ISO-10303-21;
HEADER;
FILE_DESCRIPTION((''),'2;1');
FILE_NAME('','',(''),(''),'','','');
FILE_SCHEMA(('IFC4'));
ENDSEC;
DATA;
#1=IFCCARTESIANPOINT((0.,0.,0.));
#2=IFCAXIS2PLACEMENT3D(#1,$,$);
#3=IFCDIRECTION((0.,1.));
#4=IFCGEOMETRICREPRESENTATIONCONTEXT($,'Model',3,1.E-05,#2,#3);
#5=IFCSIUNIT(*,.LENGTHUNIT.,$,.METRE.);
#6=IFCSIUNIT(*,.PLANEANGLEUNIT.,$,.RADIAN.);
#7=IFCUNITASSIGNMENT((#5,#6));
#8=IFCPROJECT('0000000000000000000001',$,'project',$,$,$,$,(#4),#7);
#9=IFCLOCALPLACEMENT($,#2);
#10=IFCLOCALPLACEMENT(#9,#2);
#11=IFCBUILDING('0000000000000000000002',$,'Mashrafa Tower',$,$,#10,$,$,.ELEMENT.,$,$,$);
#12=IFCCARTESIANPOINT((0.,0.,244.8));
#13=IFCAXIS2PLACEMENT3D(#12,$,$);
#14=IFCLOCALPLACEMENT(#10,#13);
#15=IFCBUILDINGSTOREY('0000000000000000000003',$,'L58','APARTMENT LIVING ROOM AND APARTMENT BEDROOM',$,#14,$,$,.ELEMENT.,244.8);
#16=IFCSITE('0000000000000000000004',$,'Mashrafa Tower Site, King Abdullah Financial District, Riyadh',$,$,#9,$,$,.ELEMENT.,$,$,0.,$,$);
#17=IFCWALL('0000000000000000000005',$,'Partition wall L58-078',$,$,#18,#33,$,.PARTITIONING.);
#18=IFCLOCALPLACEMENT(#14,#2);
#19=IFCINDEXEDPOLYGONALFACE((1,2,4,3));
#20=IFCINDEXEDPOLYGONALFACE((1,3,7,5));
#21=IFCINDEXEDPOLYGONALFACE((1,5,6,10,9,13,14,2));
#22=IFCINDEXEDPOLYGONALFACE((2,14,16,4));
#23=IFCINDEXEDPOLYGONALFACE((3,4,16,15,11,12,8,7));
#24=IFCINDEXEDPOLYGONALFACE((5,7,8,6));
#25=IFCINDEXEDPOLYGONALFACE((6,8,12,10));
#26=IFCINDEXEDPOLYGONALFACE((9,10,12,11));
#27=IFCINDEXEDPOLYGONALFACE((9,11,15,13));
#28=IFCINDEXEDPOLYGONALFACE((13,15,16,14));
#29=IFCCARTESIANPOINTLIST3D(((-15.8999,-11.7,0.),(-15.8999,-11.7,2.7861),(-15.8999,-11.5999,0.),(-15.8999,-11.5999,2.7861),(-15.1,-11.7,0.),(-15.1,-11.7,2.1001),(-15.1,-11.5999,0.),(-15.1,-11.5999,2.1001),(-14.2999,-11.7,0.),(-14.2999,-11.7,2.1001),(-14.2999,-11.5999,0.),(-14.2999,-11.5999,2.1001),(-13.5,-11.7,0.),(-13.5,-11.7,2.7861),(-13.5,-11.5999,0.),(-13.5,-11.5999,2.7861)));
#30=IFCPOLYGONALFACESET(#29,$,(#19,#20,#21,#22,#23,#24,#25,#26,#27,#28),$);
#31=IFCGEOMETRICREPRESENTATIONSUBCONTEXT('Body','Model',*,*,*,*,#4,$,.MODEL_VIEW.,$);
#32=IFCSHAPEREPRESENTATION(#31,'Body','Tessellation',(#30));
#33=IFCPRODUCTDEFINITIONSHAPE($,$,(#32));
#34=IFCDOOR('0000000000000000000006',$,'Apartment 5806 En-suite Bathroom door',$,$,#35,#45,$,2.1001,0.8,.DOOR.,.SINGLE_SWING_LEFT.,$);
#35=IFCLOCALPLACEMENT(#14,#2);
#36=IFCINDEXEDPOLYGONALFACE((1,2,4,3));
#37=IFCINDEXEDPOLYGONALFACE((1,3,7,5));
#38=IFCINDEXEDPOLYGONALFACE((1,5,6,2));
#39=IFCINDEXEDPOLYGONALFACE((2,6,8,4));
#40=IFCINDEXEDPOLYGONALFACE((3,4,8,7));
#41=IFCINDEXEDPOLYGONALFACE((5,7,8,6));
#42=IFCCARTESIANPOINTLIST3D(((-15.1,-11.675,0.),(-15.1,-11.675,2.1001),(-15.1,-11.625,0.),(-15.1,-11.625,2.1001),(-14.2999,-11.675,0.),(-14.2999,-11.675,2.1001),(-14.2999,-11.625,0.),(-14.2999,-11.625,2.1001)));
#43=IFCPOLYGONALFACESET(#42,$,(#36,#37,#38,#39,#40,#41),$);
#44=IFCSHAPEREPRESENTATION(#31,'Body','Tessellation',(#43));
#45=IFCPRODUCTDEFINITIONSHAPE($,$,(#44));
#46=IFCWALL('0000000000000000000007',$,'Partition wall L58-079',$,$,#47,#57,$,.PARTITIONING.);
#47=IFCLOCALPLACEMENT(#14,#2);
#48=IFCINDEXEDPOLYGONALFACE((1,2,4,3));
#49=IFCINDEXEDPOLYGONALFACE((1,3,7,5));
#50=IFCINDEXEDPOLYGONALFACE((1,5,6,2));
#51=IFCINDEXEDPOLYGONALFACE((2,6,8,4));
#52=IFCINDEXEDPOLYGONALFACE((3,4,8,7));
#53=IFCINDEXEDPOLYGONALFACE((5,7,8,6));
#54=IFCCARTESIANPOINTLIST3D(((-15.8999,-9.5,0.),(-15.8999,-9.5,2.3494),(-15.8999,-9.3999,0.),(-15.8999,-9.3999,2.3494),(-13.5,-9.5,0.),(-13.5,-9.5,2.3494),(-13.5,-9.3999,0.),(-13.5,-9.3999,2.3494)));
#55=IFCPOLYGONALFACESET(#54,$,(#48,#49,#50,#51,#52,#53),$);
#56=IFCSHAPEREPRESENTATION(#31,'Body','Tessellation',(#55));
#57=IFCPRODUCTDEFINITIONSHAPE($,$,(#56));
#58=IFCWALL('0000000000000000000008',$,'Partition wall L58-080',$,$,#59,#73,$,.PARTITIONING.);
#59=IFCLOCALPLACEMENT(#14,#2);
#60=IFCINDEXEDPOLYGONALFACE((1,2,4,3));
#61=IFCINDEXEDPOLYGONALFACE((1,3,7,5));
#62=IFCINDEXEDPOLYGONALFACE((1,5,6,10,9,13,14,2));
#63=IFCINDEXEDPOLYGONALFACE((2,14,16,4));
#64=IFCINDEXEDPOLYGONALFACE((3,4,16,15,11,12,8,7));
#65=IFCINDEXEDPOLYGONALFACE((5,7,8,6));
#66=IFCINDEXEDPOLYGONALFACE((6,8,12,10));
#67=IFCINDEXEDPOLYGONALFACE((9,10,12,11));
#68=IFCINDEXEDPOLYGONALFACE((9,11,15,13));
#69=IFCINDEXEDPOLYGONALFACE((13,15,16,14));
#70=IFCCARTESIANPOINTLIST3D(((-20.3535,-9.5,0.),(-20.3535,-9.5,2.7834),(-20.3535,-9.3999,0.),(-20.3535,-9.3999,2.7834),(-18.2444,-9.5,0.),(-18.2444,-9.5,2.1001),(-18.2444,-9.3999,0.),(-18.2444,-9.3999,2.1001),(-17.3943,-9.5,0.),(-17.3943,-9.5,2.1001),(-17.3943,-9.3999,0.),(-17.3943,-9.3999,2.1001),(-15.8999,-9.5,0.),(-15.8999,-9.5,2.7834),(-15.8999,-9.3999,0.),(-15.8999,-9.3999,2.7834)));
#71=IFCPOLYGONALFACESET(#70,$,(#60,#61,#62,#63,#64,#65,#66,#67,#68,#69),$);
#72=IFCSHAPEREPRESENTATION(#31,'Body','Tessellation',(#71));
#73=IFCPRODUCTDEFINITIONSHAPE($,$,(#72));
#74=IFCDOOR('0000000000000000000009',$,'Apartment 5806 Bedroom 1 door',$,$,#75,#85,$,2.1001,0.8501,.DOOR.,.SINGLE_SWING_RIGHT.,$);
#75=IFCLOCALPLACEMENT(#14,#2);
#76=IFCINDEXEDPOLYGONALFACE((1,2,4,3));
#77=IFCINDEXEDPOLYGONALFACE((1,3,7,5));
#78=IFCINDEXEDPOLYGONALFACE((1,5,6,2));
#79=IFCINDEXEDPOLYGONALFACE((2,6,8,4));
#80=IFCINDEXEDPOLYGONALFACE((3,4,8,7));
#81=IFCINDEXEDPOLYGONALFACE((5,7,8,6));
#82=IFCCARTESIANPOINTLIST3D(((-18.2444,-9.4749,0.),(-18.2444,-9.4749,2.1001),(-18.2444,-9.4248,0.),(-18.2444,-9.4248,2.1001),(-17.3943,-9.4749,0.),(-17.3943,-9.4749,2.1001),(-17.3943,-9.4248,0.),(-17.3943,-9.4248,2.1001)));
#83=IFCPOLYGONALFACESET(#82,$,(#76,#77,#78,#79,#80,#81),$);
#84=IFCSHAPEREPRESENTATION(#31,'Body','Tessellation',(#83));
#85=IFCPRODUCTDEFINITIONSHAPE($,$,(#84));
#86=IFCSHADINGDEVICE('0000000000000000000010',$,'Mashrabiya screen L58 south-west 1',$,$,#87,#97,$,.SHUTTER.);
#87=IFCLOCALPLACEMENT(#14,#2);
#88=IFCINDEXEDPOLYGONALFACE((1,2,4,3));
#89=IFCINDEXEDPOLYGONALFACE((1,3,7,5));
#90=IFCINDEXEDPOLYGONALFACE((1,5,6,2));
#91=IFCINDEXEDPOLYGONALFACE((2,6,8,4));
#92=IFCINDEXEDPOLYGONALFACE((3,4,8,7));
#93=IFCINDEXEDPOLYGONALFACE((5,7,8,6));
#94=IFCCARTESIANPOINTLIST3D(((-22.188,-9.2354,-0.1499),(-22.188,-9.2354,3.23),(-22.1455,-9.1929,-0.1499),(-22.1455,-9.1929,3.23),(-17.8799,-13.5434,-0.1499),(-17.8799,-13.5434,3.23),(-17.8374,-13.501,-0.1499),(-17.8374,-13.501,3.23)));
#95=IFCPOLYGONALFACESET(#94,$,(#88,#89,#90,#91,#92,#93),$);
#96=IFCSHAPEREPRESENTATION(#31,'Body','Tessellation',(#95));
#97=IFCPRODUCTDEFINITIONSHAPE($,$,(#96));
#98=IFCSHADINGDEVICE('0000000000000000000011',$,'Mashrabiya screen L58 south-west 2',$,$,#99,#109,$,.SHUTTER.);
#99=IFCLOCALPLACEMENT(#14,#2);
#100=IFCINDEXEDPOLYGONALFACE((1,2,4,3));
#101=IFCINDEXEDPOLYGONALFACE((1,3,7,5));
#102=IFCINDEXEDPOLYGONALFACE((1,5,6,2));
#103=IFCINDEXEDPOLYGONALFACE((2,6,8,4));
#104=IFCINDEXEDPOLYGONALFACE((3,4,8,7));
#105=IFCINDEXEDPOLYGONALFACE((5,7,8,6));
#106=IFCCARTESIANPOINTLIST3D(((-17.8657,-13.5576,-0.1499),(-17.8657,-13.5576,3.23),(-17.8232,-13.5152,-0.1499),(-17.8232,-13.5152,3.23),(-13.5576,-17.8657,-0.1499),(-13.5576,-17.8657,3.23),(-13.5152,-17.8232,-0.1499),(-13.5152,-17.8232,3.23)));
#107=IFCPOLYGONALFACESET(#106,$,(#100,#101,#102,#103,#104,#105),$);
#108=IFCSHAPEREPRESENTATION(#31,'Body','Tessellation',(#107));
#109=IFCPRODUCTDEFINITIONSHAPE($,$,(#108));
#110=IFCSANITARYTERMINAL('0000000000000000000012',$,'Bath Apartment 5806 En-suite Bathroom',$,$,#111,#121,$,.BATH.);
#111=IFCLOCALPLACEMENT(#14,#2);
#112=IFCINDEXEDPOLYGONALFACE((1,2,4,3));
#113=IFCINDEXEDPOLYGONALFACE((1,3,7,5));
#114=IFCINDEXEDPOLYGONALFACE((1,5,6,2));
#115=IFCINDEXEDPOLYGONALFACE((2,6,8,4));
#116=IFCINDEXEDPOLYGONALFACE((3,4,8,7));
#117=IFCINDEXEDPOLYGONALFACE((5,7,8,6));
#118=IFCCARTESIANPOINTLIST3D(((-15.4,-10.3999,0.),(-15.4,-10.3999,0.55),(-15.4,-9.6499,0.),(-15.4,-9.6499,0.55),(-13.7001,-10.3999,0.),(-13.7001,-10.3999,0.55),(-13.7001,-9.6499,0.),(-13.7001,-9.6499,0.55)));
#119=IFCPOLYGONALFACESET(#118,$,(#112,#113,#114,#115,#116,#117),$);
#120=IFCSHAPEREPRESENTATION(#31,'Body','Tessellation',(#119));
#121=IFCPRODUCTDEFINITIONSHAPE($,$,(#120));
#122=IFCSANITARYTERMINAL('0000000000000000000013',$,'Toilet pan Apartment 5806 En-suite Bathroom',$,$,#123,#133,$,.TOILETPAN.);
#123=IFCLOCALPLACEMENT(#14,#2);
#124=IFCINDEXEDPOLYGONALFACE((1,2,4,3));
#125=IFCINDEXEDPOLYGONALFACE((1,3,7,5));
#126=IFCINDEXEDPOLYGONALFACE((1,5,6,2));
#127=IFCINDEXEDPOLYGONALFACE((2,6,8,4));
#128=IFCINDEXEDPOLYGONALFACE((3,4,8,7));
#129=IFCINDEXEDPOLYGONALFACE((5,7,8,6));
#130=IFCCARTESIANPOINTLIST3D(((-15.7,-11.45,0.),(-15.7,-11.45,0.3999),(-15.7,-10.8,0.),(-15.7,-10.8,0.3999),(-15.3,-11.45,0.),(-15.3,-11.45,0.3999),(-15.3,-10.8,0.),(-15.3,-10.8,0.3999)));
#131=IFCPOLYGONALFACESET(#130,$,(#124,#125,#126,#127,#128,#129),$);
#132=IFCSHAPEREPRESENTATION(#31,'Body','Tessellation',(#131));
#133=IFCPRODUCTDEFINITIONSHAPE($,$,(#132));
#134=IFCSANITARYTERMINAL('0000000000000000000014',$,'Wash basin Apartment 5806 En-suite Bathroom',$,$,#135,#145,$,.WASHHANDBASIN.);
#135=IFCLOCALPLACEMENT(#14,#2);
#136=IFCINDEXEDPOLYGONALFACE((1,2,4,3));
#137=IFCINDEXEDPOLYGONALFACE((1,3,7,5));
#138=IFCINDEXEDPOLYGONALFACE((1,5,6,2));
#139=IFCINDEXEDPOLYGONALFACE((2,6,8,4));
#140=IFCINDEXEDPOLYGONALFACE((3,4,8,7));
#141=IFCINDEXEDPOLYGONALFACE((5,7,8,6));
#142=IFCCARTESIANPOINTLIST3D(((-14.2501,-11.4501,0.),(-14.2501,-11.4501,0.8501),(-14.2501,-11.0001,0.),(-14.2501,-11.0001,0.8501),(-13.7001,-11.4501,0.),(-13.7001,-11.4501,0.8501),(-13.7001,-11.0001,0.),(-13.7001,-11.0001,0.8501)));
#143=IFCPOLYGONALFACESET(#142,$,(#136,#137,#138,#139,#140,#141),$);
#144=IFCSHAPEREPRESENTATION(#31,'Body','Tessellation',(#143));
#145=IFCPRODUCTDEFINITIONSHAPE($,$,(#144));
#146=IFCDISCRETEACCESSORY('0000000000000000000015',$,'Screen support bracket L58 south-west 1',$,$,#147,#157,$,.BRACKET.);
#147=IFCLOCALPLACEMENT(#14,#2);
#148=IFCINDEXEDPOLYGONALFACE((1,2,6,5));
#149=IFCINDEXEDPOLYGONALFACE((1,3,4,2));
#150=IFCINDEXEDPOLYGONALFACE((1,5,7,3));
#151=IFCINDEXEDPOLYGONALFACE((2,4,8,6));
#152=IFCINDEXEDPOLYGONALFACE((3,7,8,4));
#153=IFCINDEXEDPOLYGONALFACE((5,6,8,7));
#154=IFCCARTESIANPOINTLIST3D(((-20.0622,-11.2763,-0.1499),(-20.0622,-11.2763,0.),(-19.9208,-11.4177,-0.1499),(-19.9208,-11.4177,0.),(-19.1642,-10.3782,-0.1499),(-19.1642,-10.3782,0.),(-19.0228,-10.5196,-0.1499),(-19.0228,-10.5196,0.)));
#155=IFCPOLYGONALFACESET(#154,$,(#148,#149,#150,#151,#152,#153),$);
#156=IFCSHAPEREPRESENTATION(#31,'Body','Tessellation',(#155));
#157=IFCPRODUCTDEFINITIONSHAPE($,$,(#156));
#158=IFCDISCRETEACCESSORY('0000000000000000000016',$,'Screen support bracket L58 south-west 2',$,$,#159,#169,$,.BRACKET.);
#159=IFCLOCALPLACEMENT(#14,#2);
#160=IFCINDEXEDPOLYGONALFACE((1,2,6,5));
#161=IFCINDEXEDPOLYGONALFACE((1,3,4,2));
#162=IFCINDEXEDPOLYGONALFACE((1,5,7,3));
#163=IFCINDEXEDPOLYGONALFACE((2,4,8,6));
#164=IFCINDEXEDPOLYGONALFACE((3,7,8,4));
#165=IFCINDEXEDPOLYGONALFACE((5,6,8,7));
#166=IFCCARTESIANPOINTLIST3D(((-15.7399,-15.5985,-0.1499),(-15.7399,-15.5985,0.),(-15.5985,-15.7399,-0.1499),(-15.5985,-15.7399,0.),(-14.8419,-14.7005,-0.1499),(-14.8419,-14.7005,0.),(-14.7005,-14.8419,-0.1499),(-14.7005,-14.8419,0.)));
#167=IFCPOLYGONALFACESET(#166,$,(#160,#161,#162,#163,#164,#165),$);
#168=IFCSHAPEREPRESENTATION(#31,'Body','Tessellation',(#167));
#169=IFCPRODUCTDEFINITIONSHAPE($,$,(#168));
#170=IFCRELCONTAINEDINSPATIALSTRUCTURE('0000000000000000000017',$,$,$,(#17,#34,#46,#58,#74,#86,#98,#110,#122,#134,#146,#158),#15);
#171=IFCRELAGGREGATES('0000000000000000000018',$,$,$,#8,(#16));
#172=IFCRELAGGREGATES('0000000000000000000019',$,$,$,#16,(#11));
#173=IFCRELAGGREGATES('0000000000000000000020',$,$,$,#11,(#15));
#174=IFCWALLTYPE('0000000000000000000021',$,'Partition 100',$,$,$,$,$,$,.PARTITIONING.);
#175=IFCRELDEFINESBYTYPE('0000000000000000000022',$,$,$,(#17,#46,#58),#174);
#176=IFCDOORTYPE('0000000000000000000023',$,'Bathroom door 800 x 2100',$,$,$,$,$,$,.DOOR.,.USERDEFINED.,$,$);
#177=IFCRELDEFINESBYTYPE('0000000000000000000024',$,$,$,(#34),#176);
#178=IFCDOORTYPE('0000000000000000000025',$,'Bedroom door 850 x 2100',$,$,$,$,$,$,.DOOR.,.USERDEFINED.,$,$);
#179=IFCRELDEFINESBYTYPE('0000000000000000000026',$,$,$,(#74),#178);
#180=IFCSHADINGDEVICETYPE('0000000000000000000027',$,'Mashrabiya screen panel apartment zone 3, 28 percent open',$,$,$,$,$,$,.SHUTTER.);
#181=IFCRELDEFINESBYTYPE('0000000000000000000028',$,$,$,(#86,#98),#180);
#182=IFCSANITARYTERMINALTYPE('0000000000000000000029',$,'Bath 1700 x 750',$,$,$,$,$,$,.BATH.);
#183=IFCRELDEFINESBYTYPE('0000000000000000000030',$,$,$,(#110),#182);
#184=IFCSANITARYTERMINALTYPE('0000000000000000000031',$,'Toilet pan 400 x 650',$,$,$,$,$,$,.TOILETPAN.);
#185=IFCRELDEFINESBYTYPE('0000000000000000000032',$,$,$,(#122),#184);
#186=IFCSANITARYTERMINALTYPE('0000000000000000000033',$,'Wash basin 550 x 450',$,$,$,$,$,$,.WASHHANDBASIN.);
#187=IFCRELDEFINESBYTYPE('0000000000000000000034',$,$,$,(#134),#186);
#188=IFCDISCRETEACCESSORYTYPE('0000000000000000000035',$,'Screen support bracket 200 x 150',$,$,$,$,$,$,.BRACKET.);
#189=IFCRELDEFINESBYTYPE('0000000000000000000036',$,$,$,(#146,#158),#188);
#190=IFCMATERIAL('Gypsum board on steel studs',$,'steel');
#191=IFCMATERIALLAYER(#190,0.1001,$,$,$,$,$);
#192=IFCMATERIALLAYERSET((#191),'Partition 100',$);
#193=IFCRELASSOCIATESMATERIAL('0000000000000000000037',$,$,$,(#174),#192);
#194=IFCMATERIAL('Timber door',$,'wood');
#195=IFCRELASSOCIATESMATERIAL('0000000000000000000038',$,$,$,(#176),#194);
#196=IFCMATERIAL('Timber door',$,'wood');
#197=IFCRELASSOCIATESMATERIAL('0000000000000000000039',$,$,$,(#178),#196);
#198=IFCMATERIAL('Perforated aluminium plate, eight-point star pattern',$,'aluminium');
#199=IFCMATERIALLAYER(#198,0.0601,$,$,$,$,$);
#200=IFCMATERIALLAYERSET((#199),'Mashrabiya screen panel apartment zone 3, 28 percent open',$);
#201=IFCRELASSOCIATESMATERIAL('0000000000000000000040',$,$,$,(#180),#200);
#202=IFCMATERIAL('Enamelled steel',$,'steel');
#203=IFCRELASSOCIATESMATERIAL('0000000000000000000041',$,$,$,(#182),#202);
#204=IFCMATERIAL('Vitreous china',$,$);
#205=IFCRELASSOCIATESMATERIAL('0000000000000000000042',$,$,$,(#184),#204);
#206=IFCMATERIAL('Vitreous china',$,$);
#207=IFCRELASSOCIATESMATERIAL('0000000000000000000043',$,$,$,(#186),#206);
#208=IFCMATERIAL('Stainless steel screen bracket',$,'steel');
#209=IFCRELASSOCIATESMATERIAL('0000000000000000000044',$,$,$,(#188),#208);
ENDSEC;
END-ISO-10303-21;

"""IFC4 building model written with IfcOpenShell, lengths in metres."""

from ifc_helpers import new_model, si_unit, direction, frame, frame_2d, origin, origin_2d, place, context, subcontext, project, spatial, rectangle, extrude, source, transform, mapped, material, layer, layer_set, type_object, type_shapes, element, fill, save


model = new_model("IFC4")

# Units and contexts
model_context = context("Model", 3, precision=1e-05, world=origin(), true_north=direction((0.0, 1.0)))
body_context = subcontext(model_context, "Body", "Model", "MODEL_VIEW")
ifc_project = project(units=[si_unit("LENGTHUNIT", "METRE"), si_unit("PLANEANGLEUNIT", "RADIAN")], contexts=[model_context])

# Site, building, storey
site_placement = place(None, origin())
site = spatial("IfcSite", under=ifc_project, at=site_placement, Name="Mashrafa Tower Site, King Abdullah Financial District, Riyadh", CompositionType="ELEMENT", RefElevation=0.0)
building_placement = place(site_placement, origin())
building = spatial("IfcBuilding", under=site, at=building_placement, Name="Mashrafa Tower", CompositionType="ELEMENT")
storey_placement = place(building_placement, frame((0.0, 0.0, 244.8)))
storey = spatial("IfcBuildingStorey", under=building, at=storey_placement, Name="L58", Description="APARTMENT LIVING ROOM AND APARTMENT BEDROOM", CompositionType="ELEMENT", Elevation=244.8)

# Shared definitions
ifc_material_1 = material(Name="Gypsum board on steel studs", Category="steel")
ifc_layer_1 = layer(ifc_material_1, 0.1001)
ifc_layer_set_1 = layer_set([ifc_layer_1], Name="Partition 100")
wall_type_1 = type_object("IfcWallType", Name="Partition 100", PredefinedType="PARTITIONING", material=ifc_layer_set_1)

# Wall, opening, door
wall_1_placement = place(storey_placement, frame((-15.8999, -11.6499, 0.0), z_axis=(0.0, 0.0, 1.0), x_axis=(1.0, 0.0, 0.0)))
wall_1 = element("IfcWall", 1, at=wall_1_placement, inside=storey, type_object=wall_type_1, Name="Partition wall L58-078", PredefinedType="PARTITIONING", context=body_context, shape_type="SweptSolid", body=[
    extrude(rectangle(XDim=2.3999, YDim=0.1001, at=frame_2d((1.2, 0.0))), origin(), (0.0, 0.0, 1.0), 2.7861),
])
opening_1_placement = place(wall_1_placement, frame((0.8, 0.0, 0.0)))
opening_1 = element("IfcOpeningElement", 2, at=opening_1_placement, cuts=wall_1, PredefinedType="OPENING", context=body_context, shape_type="SweptSolid", body=[
    extrude(rectangle(XDim=0.8, YDim=2.1001, at=frame_2d((0.3999, 1.05))), frame((0.0, 0.0601, 0.0), z_axis=(0.0, -1.0, 0.0), x_axis=(1.0, 0.0, 0.0)), (0.0, 0.0, 1.0), 0.1201),
])
ifc_material_2 = material(Name="Timber door", Category="wood")
door_type_1 = type_object("IfcDoorType", Name="Bathroom door 800 x 2100", OperationType="USERDEFINED", PredefinedType="DOOR", material=ifc_material_2)
door_1_placement = place(opening_1_placement, origin())
door_1 = element("IfcDoor", 3, at=door_1_placement, inside=storey, type_object=door_type_1, Name="Apartment 5806 En-suite Bathroom door", OperationType="SINGLE_SWING_LEFT", OverallHeight=2.1001, OverallWidth=0.8, PredefinedType="DOOR", context=body_context, shape_type="SweptSolid", body=[
    extrude(rectangle(XDim=0.8, YDim=2.1001, at=frame_2d((0.3999, 1.05))), frame((0.0, 0.0249, 0.0), z_axis=(0.0, -1.0, 0.0), x_axis=(1.0, 0.0, 0.0)), (0.0, 0.0, 1.0), 0.05),
])
fill(opening_1, door_1)

# Wall
wall_2_placement = place(storey_placement, frame((-13.5, -9.45, 0.0), z_axis=(0.0, 0.0, 1.0), x_axis=(-1.0, 0.0, 0.0)))
element("IfcWall", 4, at=wall_2_placement, inside=storey, type_object=wall_type_1, Name="Partition wall L58-079", PredefinedType="PARTITIONING", context=body_context, shape_type="SweptSolid", body=[
    extrude(rectangle(XDim=2.3999, YDim=0.1001, at=frame_2d((1.2, 0.0))), origin(), (0.0, 0.0, 1.0), 2.3494),
])

# Wall, opening, door
wall_3_placement = place(storey_placement, frame((-15.8999, -9.45, 0.0), z_axis=(0.0, 0.0, 1.0), x_axis=(-1.0, 0.0, 0.0)))
wall_3 = element("IfcWall", 5, at=wall_3_placement, inside=storey, type_object=wall_type_1, Name="Partition wall L58-080", PredefinedType="PARTITIONING", context=body_context, shape_type="SweptSolid", body=[
    extrude(rectangle(XDim=4.4536, YDim=0.1001, at=frame_2d((2.2268, 0.0))), origin(), (0.0, 0.0, 1.0), 2.7834),
])
opening_2_placement = place(wall_3_placement, frame((1.4944, 0.0, 0.0)))
opening_2 = element("IfcOpeningElement", 6, at=opening_2_placement, cuts=wall_3, PredefinedType="OPENING", context=body_context, shape_type="SweptSolid", body=[
    extrude(rectangle(XDim=0.8501, YDim=2.1001, at=frame_2d((0.425, 1.05))), frame((0.0, 0.0601, 0.0), z_axis=(0.0, -1.0, 0.0), x_axis=(1.0, 0.0, 0.0)), (0.0, 0.0, 1.0), 0.1201),
])
ifc_material_3 = material(Name="Timber door", Category="wood")
door_type_2 = type_object("IfcDoorType", Name="Bedroom door 850 x 2100", OperationType="USERDEFINED", PredefinedType="DOOR", material=ifc_material_3)
door_2_placement = place(opening_2_placement, origin())
door_2 = element("IfcDoor", 7, at=door_2_placement, inside=storey, type_object=door_type_2, Name="Apartment 5806 Bedroom 1 door", OperationType="SINGLE_SWING_RIGHT", OverallHeight=2.1001, OverallWidth=0.8501, PredefinedType="DOOR", context=body_context, shape_type="SweptSolid", body=[
    extrude(rectangle(XDim=0.8501, YDim=2.1001, at=frame_2d((0.425, 1.05))), frame((0.0, 0.0249, 0.0), z_axis=(0.0, -1.0, 0.0), x_axis=(1.0, 0.0, 0.0)), (0.0, 0.0, 1.0), 0.05),
])
fill(opening_2, door_2)

# Shading devices
ifc_material_4 = material(Name="Perforated aluminium plate, eight-point star pattern", Category="aluminium")
ifc_layer_2 = layer(ifc_material_4, 0.0601)
ifc_layer_set_2 = layer_set([ifc_layer_2], Name="Mashrabiya screen panel apartment zone 3, 28 percent open")
shading_device_type = type_object("IfcShadingDeviceType", Name="Mashrabiya screen panel apartment zone 3, 28 percent open", PredefinedType="SHUTTER", material=ifc_layer_set_2)
shared_shape_1 = source(origin(), body_context, "Body", "SweptSolid", [
    extrude(rectangle(XDim=6.0925, YDim=0.0601, at=origin_2d()), origin(), (0.0, 0.0, 1.0), 3.3799),
])
type_shapes(shading_device_type, [shared_shape_1])
for number, where, z_axis, x_axis, name in (
    (8, (-20.0127, -11.3682, -0.1499), (0.0, 0.0, 1.0), (0.707107, -0.707107, 0.0), "Mashrabiya screen L58 south-west 1"),
    (9, (-15.6904, -15.6904, -0.1499), (0.0, 0.0, 1.0), (0.707107, -0.707107, 0.0), "Mashrabiya screen L58 south-west 2"),
):
    element("IfcShadingDevice", number, at=place(storey_placement, frame(where, z_axis=z_axis, x_axis=x_axis)), inside=storey, type_object=shading_device_type, Name=name, PredefinedType="SHUTTER", context=body_context, shape_type="MappedRepresentation", body=[
        mapped(shared_shape_1, transform((0.0, 0.0, 0.0))),
    ])

# Sanitary terminals
ifc_material_5 = material(Name="Enamelled steel", Category="steel")
sanitary_terminal_type_1 = type_object("IfcSanitaryTerminalType", Name="Bath 1700 x 750", PredefinedType="BATH", material=ifc_material_5)
sanitary_terminal_1_placement = place(storey_placement, frame((-14.55, -10.0249, 0.0), z_axis=(0.0, 0.0, 1.0), x_axis=(-1.0, 0.0, 0.0)))
element("IfcSanitaryTerminal", 10, at=sanitary_terminal_1_placement, inside=storey, type_object=sanitary_terminal_type_1, Name="Bath Apartment 5806 En-suite Bathroom", PredefinedType="BATH", context=body_context, shape_type="SweptSolid", body=[
    extrude(rectangle(XDim=1.7, YDim=0.75, at=origin_2d()), origin(), (0.0, 0.0, 1.0), 0.55),
])
ifc_material_6 = material(Name="Vitreous china")
sanitary_terminal_type_2 = type_object("IfcSanitaryTerminalType", Name="Toilet pan 400 x 650", PredefinedType="TOILETPAN", material=ifc_material_6)
sanitary_terminal_2_placement = place(storey_placement, frame((-15.5, -11.125, 0.0), z_axis=(0.0, 0.0, 1.0), x_axis=(1.0, 0.0, 0.0)))
element("IfcSanitaryTerminal", 11, at=sanitary_terminal_2_placement, inside=storey, type_object=sanitary_terminal_type_2, Name="Toilet pan Apartment 5806 En-suite Bathroom", PredefinedType="TOILETPAN", context=body_context, shape_type="SweptSolid", body=[
    extrude(rectangle(XDim=0.3999, YDim=0.6499, at=origin_2d()), origin(), (0.0, 0.0, 1.0), 0.3999),
])
ifc_material_7 = material(Name="Vitreous china")
sanitary_terminal_type_3 = type_object("IfcSanitaryTerminalType", Name="Wash basin 550 x 450", PredefinedType="WASHHANDBASIN", material=ifc_material_7)
sanitary_terminal_3_placement = place(storey_placement, frame((-13.9751, -11.2251, 0.0), z_axis=(0.0, 0.0, 1.0), x_axis=(1.0, 0.0, 0.0)))
element("IfcSanitaryTerminal", 12, at=sanitary_terminal_3_placement, inside=storey, type_object=sanitary_terminal_type_3, Name="Wash basin Apartment 5806 En-suite Bathroom", PredefinedType="WASHHANDBASIN", context=body_context, shape_type="SweptSolid", body=[
    extrude(rectangle(XDim=0.55, YDim=0.45, at=origin_2d()), origin(), (0.0, 0.0, 1.0), 0.8501),
])

# Discrete accessories
ifc_material_8 = material(Name="Stainless steel screen bracket", Category="steel")
discrete_accessory_type = type_object("IfcDiscreteAccessoryType", Name="Screen support bracket 200 x 150", PredefinedType="BRACKET", material=ifc_material_8)
shared_shape_2 = source(origin(), body_context, "Body", "SweptSolid", [
    extrude(rectangle(XDim=0.2, YDim=1.27, at=origin_2d()), origin(), (0.0, 0.0, 1.0), 0.1499),
])
type_shapes(discrete_accessory_type, [shared_shape_2])
for number, where, z_axis, x_axis, name in (
    (13, (-19.5425, -10.8979, -0.1499), (0.0, 0.0, 1.0), (0.707107, -0.707107, 0.0), "Screen support bracket L58 south-west 1"),
    (14, (-15.2202, -15.2202, -0.1499), (0.0, 0.0, 1.0), (0.707107, -0.707107, 0.0), "Screen support bracket L58 south-west 2"),
):
    element("IfcDiscreteAccessory", number, at=place(storey_placement, frame(where, z_axis=z_axis, x_axis=x_axis)), inside=storey, type_object=discrete_accessory_type, Name=name, PredefinedType="BRACKET", context=body_context, shape_type="MappedRepresentation", body=[
        mapped(shared_shape_2, transform((0.0, 0.0, 0.0))),
    ])

save(model, "model.ifc")
